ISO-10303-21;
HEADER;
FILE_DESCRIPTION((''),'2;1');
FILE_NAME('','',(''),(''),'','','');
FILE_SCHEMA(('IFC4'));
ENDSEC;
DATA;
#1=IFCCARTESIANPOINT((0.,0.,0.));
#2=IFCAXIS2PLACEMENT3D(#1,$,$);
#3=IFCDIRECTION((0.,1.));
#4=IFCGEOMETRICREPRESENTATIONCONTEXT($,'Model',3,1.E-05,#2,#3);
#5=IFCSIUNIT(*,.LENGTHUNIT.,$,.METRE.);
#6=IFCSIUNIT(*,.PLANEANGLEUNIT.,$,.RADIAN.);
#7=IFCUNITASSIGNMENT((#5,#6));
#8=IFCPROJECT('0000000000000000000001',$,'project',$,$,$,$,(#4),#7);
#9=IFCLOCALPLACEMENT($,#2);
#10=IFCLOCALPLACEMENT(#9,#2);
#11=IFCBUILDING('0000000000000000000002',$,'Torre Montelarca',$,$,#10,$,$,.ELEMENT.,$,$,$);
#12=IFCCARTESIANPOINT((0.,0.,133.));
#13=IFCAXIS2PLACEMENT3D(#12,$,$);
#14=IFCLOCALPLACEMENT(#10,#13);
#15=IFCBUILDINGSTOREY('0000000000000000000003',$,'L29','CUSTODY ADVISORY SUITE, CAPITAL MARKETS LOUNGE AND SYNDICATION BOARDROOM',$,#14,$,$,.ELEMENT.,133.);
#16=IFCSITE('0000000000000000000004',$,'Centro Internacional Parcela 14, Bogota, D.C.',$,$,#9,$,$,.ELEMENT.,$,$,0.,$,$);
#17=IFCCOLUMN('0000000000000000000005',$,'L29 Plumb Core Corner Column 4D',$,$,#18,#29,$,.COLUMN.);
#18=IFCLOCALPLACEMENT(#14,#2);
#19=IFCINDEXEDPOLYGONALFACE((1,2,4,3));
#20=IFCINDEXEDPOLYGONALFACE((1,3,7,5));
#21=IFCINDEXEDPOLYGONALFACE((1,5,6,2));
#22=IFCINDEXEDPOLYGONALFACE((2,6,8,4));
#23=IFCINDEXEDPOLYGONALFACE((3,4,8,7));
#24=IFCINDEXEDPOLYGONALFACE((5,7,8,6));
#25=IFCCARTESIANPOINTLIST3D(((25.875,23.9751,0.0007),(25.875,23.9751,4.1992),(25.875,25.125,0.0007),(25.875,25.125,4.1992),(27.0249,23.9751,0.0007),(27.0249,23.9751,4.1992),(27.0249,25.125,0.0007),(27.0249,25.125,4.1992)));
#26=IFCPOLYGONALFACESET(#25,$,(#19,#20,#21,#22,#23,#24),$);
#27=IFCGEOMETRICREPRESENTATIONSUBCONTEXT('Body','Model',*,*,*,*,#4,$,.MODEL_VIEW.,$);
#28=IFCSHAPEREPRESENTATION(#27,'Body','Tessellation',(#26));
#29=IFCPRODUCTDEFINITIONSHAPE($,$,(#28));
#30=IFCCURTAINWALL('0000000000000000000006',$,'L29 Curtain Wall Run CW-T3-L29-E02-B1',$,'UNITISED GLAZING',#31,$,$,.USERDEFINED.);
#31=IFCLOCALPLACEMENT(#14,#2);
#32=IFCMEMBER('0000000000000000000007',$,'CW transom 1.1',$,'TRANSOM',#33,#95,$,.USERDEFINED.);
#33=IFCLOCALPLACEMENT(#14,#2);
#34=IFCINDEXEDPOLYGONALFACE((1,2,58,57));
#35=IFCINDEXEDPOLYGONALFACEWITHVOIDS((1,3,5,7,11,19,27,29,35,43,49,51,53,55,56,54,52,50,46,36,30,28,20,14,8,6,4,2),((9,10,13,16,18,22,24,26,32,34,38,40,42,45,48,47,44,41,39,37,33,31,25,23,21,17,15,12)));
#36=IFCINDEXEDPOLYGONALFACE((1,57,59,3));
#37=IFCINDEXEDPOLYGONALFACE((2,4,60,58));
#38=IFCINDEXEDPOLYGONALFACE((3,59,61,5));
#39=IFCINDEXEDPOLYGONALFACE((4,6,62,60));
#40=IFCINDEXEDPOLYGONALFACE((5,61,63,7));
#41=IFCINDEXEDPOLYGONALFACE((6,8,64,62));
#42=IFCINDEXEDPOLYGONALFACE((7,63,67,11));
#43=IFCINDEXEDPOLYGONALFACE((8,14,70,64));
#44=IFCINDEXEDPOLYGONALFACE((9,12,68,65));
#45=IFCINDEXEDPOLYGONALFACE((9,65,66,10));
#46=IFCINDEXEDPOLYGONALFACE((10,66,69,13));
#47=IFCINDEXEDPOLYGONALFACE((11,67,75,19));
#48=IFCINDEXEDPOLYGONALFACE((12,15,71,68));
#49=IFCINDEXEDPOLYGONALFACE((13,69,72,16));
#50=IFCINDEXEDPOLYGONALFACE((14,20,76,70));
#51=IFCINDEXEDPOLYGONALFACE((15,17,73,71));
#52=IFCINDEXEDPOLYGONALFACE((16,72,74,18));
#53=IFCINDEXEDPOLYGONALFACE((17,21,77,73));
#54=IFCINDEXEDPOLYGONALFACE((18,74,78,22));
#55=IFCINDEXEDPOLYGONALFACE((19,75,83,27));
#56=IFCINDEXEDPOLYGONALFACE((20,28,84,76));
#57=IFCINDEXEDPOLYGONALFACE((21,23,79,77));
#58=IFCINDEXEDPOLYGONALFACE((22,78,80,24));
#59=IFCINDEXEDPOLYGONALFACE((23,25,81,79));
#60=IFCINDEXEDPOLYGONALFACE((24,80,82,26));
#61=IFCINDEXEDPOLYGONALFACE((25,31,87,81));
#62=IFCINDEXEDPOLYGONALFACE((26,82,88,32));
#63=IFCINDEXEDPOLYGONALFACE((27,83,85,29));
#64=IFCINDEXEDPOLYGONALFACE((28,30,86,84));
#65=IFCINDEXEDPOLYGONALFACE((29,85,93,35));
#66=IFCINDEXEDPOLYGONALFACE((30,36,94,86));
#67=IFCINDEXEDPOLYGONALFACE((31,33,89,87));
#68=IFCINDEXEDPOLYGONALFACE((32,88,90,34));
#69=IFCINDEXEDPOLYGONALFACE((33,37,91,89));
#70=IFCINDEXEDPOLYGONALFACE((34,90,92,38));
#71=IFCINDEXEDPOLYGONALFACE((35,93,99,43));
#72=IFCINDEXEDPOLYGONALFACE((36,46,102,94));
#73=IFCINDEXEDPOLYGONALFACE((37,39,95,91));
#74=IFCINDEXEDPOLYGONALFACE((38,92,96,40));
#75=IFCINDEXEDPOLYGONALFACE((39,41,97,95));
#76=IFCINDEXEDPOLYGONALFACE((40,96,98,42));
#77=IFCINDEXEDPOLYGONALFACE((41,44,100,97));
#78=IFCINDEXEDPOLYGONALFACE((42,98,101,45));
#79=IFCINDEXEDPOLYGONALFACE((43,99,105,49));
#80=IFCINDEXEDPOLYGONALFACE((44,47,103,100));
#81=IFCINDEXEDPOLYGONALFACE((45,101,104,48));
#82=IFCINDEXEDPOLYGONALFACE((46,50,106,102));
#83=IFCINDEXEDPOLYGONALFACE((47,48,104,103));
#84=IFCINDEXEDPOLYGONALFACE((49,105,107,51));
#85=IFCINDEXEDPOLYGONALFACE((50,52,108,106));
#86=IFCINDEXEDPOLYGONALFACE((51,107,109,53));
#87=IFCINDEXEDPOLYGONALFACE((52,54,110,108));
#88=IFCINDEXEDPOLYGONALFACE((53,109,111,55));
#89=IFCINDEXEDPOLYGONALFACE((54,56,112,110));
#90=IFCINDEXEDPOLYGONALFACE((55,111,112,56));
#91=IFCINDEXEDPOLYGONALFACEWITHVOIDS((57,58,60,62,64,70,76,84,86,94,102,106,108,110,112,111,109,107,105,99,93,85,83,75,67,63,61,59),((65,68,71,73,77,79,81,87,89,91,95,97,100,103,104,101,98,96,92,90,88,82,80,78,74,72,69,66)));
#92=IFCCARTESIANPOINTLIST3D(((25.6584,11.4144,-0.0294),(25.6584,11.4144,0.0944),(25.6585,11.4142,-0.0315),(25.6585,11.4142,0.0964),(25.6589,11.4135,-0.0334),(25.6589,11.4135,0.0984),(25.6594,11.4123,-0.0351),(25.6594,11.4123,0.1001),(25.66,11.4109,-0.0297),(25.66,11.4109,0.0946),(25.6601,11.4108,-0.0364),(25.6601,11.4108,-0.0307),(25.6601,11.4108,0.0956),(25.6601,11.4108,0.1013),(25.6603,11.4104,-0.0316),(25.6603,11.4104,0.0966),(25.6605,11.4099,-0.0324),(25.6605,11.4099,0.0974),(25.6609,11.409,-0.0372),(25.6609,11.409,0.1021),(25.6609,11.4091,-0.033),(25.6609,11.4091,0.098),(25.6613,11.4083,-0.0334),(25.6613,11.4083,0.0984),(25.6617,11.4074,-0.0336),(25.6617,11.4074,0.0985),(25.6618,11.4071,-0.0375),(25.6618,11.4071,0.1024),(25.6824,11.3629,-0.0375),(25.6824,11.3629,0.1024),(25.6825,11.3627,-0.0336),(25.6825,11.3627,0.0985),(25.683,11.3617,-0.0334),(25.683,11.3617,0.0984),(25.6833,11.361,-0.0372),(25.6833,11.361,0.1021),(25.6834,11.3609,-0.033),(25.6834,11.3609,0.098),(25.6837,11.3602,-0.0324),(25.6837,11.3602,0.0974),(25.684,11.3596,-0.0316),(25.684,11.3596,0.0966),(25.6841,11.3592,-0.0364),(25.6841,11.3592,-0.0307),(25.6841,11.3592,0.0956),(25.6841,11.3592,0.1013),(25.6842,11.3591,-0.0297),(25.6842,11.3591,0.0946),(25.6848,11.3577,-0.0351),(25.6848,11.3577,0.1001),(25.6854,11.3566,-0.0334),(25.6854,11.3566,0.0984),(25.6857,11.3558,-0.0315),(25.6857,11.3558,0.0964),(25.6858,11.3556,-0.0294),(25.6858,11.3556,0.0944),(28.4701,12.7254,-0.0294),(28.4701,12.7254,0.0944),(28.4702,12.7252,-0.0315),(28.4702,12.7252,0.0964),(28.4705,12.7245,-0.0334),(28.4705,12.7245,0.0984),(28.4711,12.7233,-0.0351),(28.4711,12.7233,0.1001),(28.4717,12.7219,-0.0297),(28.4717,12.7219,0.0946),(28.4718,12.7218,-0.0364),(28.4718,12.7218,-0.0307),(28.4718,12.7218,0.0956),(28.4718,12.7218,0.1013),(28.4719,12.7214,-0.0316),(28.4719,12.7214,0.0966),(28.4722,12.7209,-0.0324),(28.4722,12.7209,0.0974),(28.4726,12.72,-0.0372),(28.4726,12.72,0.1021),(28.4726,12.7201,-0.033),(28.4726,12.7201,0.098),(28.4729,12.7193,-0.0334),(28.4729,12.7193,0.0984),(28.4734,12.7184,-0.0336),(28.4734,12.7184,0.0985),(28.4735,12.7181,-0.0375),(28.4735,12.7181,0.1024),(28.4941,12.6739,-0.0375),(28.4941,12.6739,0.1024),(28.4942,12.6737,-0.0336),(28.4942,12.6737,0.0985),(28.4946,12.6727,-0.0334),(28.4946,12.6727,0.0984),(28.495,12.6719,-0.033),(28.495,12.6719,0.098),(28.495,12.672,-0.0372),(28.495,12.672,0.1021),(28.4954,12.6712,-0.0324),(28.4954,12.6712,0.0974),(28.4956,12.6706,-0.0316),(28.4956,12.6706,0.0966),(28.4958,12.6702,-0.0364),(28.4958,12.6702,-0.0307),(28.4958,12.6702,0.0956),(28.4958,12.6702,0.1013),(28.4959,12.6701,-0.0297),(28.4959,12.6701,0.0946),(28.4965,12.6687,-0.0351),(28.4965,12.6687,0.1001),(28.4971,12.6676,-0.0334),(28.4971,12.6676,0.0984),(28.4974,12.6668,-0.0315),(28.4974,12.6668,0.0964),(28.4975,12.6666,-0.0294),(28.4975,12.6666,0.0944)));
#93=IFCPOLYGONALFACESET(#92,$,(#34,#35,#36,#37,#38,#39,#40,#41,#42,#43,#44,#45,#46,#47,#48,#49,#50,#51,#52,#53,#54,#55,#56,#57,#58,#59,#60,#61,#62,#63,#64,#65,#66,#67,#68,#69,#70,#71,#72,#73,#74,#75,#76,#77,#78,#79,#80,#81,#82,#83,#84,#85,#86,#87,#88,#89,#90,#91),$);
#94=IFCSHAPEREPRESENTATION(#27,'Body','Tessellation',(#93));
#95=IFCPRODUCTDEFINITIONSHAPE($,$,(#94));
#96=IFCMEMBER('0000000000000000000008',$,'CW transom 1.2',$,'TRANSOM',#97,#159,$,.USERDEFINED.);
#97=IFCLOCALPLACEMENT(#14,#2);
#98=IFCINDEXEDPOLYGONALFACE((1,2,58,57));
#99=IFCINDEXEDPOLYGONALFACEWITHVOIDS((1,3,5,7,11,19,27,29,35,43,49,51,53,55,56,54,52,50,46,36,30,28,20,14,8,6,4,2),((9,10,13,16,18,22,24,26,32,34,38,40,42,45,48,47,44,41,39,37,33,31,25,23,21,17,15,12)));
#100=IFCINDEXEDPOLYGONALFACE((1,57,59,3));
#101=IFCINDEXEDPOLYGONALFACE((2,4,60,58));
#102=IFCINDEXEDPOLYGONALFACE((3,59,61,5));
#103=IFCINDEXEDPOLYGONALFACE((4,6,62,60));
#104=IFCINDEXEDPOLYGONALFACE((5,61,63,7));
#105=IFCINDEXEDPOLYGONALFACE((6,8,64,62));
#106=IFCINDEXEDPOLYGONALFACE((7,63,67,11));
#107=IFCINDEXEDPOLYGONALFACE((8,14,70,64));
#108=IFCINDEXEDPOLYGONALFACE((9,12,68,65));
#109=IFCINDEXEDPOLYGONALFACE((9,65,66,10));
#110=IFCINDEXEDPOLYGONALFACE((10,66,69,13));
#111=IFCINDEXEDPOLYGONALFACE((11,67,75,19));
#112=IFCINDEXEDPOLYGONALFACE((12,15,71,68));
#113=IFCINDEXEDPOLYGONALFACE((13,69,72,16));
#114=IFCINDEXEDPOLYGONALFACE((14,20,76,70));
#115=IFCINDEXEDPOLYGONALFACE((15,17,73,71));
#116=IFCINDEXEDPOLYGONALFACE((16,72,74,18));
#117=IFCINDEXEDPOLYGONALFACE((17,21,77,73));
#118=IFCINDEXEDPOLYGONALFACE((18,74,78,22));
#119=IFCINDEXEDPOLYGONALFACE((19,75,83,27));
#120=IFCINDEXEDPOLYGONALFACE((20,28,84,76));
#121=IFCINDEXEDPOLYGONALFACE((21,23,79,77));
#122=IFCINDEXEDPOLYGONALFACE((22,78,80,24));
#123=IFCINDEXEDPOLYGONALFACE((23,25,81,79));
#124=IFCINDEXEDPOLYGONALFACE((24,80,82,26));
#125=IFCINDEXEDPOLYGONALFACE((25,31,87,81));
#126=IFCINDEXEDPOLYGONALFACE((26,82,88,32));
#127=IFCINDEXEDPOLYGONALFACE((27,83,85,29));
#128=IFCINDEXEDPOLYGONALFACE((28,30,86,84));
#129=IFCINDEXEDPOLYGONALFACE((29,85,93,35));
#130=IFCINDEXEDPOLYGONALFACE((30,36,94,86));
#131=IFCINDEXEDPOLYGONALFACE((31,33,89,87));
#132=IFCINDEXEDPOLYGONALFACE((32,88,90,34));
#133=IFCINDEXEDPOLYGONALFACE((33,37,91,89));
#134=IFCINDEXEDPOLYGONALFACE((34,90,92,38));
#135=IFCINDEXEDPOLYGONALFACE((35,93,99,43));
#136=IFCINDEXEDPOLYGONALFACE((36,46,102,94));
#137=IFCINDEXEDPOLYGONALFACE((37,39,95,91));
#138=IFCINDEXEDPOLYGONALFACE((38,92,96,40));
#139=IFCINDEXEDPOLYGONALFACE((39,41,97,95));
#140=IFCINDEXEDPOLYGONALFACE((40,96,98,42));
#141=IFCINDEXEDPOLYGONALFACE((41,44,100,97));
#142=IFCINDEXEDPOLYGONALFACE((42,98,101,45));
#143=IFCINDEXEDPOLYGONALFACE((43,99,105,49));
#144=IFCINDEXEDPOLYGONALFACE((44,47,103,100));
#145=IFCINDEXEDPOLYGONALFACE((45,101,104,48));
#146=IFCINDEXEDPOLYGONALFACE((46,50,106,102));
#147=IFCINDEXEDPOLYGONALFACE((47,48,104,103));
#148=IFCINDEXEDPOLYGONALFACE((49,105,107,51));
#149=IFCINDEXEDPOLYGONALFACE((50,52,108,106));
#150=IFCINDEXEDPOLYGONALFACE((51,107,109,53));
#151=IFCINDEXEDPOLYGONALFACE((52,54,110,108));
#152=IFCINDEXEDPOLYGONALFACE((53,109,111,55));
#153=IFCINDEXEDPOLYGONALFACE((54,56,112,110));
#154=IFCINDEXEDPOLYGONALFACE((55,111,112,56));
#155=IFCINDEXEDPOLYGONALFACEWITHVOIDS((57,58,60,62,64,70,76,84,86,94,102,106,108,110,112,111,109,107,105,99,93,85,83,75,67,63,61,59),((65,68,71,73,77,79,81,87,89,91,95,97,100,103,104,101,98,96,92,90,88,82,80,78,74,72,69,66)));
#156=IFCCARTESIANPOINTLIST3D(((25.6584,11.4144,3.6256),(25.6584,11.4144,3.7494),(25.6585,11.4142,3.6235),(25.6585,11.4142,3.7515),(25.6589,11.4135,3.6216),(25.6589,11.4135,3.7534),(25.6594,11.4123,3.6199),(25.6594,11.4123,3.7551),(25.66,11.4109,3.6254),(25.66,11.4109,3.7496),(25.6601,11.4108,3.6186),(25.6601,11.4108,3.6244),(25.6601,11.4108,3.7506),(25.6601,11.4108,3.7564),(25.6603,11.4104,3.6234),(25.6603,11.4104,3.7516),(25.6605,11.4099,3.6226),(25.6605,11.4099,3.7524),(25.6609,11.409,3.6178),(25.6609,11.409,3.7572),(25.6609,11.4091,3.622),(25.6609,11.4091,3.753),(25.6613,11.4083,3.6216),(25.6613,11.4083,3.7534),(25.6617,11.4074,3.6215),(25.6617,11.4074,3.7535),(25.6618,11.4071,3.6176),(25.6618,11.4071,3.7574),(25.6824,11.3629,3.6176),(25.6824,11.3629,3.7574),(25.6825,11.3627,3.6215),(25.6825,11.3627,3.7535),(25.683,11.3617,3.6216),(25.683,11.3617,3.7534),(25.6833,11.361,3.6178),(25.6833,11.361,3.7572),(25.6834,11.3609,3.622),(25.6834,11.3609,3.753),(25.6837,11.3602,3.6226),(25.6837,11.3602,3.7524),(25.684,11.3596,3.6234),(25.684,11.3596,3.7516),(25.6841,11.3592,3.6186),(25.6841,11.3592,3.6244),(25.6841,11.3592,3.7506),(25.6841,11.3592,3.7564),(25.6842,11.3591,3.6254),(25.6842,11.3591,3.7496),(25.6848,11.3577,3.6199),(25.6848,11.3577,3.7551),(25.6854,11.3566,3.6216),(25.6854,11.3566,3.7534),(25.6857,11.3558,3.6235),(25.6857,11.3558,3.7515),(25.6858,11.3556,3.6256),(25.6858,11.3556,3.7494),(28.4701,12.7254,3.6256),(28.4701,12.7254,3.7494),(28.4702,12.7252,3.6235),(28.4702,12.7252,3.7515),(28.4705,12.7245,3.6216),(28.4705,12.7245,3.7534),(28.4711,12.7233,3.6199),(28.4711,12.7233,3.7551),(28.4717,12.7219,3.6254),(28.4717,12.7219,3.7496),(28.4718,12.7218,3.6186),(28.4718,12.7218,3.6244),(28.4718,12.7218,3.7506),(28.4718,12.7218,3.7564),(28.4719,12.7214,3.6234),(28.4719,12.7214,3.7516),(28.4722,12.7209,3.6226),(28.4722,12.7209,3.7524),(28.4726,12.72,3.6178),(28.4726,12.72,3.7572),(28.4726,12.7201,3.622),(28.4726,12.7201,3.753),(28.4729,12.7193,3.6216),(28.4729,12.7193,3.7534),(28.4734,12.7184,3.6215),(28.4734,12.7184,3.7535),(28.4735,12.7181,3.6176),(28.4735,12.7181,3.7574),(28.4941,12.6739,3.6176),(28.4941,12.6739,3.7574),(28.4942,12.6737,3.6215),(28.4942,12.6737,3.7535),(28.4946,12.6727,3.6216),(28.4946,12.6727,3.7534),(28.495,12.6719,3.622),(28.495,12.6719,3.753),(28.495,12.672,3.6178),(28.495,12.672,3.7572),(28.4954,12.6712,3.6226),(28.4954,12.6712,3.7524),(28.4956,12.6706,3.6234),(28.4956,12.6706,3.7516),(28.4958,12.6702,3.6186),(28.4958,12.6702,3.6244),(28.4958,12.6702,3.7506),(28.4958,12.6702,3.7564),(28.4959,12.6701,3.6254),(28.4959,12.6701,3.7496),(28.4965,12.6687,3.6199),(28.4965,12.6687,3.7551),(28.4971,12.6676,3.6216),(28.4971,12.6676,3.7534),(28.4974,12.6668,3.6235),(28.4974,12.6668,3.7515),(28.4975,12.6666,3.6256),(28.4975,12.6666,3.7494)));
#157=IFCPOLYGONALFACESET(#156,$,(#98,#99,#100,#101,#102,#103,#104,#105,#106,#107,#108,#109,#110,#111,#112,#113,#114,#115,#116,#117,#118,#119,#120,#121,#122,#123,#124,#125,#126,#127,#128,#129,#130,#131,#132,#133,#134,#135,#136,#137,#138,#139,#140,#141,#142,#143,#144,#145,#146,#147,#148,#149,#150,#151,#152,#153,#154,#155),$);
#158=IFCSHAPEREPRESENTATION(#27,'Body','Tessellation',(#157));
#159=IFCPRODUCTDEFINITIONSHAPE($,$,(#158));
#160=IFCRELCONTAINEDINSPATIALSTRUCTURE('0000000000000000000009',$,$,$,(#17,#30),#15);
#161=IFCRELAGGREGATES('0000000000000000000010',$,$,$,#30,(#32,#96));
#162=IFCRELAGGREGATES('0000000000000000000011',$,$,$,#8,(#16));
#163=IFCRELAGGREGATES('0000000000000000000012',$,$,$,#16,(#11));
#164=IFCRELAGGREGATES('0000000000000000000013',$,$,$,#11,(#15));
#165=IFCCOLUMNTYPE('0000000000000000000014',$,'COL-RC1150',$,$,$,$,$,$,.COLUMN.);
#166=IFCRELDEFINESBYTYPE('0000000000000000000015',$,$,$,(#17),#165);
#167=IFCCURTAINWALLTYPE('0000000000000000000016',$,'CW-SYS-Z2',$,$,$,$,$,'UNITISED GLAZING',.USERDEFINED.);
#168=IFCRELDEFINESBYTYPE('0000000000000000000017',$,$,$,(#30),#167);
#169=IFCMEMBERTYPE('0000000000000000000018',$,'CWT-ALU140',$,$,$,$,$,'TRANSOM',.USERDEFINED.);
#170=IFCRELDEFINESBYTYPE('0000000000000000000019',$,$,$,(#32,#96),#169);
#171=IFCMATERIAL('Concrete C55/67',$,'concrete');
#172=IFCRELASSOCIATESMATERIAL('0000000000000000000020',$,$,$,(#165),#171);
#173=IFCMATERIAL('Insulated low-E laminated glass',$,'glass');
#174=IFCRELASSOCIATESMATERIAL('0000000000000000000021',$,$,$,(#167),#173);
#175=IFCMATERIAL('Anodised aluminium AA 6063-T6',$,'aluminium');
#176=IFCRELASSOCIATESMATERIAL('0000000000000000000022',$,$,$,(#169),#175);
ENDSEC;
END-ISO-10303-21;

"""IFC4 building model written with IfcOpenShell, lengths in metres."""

from ifc_helpers import new_model, si_unit, direction, frame, origin, origin_2d, place, context, subcontext, project, spatial, rectangle, hollow_rectangle, extrude, source, transform, mapped, material, material_profile, profile_set, type_object, element, aggregate, save


model = new_model("IFC4")

# Units and contexts
model_context = context("Model", 3, precision=1e-05, world=origin(), true_north=direction((0.0, 1.0)))
body_context = subcontext(model_context, "Body", "Model", "MODEL_VIEW")
ifc_project = project(units=[si_unit("LENGTHUNIT", "METRE"), si_unit("PLANEANGLEUNIT", "RADIAN")], contexts=[model_context])

# Site, building, storey
site_placement = place(None, origin())
site = spatial("IfcSite", under=ifc_project, at=site_placement, Name="Centro Internacional Parcela 14, Bogota, D.C.", CompositionType="ELEMENT", RefElevation=0.0)
building_placement = place(site_placement, origin())
building = spatial("IfcBuilding", under=site, at=building_placement, Name="Torre Montelarca", CompositionType="ELEMENT")
storey_placement = place(building_placement, frame((0.0, 0.0, 133.0)))
storey = spatial("IfcBuildingStorey", under=building, at=storey_placement, Name="L29", Description="CUSTODY ADVISORY SUITE, CAPITAL MARKETS LOUNGE AND SYNDICATION BOARDROOM", CompositionType="ELEMENT", Elevation=133.0)

# Column
ifc_material_1 = material(Name="Concrete C55/67", Category="concrete")
ifc_material_profile_1 = material_profile(ifc_material_1, rectangle(XDim=1.1499, YDim=1.1499, at=origin_2d()), Name="RC1150X1150", Category="concrete")
ifc_profile_set_1 = profile_set([ifc_material_profile_1], Name="Concrete C55/67")
column_type_1 = type_object("IfcColumnType", Name="COL-RC1150", PredefinedType="COLUMN", material=ifc_profile_set_1)
shared_shape_1 = source(origin(), body_context, "Body", "SweptSolid", [
    extrude(rectangle(XDim=1.1499, YDim=1.1499, at=origin_2d()), origin(), (0.0, 0.0, 1.0), 4.1985),
])
column_1_placement = place(storey_placement, frame((26.45, 24.55, 0.0007), z_axis=(0.0, 0.0, 1.0), x_axis=(1.0, 0.0, 0.0)))
element("IfcColumn", 1, at=column_1_placement, inside=storey, type_object=column_type_1, Name="L29 Plumb Core Corner Column 4D", PredefinedType="COLUMN", context=body_context, shape_type="MappedRepresentation", body=[
    mapped(shared_shape_1, transform((0.0, 0.0, 0.0), scale=1.0)),
])

# Curtain wall, members
ifc_material_2 = material(Name="Insulated low-E laminated glass", Category="glass")
curtain_wall_type = type_object("IfcCurtainWallType", Name="CW-SYS-Z2", ElementType="UNITISED GLAZING", PredefinedType="USERDEFINED", material=ifc_material_2)
curtain_wall_1_placement = place(storey_placement, origin())
curtain_wall_1 = element("IfcCurtainWall", 2, at=curtain_wall_1_placement, inside=storey, type_object=curtain_wall_type, Name="L29 Curtain Wall Run CW-T3-L29-E02-B1", ObjectType="UNITISED GLAZING", PredefinedType="USERDEFINED")
ifc_material_3 = material(Name="Anodised aluminium AA 6063-T6", Category="aluminium")
ifc_material_profile_2 = material_profile(ifc_material_3, hollow_rectangle(XDim=0.0649, YDim=0.1399, WallThickness=0.0039, InnerFilletRadius=0.0039, OuterFilletRadius=0.0081, at=origin_2d()), Name="ALU65X140X4", Category="aluminium")
ifc_profile_set_2 = profile_set([ifc_material_profile_2], Name="Anodised aluminium AA 6063-T6")
member_type_1 = type_object("IfcMemberType", Name="CWT-ALU140", ElementType="TRANSOM", PredefinedType="USERDEFINED", material=ifc_profile_set_2)
shared_shape_2 = source(origin(), body_context, "Body", "SweptSolid", [
    extrude(hollow_rectangle(XDim=0.0649, YDim=0.1399, WallThickness=0.0039, InnerFilletRadius=0.0039, OuterFilletRadius=0.0081, at=origin_2d()), origin(), (0.0, 0.0, 1.0), 3.1023),
])
member_1_placement = place(storey_placement, frame((25.6721, 11.385, 0.0325), z_axis=(0.906322, 0.422588, 0.0), x_axis=(-0.422588, 0.906322, 0.0)))
member_1 = element("IfcMember", 3, at=member_1_placement, type_object=member_type_1, Name="CW transom 1.1", ObjectType="TRANSOM", PredefinedType="USERDEFINED", context=body_context, shape_type="MappedRepresentation", body=[
    mapped(shared_shape_2, transform((0.0, 0.0, 0.0), scale=1.0)),
])
member_2_placement = place(storey_placement, frame((25.6721, 11.385, 3.6875), z_axis=(0.906322, 0.422588, 0.0), x_axis=(-0.422588, 0.906322, 0.0)))
member_2 = element("IfcMember", 4, at=member_2_placement, type_object=member_type_1, Name="CW transom 1.2", ObjectType="TRANSOM", PredefinedType="USERDEFINED", context=body_context, shape_type="MappedRepresentation", body=[
    mapped(shared_shape_2, transform((0.0, 0.0, 0.0), scale=1.0)),
])

aggregate(curtain_wall_1, [member_1, member_2])

save(model, "model.ifc")
